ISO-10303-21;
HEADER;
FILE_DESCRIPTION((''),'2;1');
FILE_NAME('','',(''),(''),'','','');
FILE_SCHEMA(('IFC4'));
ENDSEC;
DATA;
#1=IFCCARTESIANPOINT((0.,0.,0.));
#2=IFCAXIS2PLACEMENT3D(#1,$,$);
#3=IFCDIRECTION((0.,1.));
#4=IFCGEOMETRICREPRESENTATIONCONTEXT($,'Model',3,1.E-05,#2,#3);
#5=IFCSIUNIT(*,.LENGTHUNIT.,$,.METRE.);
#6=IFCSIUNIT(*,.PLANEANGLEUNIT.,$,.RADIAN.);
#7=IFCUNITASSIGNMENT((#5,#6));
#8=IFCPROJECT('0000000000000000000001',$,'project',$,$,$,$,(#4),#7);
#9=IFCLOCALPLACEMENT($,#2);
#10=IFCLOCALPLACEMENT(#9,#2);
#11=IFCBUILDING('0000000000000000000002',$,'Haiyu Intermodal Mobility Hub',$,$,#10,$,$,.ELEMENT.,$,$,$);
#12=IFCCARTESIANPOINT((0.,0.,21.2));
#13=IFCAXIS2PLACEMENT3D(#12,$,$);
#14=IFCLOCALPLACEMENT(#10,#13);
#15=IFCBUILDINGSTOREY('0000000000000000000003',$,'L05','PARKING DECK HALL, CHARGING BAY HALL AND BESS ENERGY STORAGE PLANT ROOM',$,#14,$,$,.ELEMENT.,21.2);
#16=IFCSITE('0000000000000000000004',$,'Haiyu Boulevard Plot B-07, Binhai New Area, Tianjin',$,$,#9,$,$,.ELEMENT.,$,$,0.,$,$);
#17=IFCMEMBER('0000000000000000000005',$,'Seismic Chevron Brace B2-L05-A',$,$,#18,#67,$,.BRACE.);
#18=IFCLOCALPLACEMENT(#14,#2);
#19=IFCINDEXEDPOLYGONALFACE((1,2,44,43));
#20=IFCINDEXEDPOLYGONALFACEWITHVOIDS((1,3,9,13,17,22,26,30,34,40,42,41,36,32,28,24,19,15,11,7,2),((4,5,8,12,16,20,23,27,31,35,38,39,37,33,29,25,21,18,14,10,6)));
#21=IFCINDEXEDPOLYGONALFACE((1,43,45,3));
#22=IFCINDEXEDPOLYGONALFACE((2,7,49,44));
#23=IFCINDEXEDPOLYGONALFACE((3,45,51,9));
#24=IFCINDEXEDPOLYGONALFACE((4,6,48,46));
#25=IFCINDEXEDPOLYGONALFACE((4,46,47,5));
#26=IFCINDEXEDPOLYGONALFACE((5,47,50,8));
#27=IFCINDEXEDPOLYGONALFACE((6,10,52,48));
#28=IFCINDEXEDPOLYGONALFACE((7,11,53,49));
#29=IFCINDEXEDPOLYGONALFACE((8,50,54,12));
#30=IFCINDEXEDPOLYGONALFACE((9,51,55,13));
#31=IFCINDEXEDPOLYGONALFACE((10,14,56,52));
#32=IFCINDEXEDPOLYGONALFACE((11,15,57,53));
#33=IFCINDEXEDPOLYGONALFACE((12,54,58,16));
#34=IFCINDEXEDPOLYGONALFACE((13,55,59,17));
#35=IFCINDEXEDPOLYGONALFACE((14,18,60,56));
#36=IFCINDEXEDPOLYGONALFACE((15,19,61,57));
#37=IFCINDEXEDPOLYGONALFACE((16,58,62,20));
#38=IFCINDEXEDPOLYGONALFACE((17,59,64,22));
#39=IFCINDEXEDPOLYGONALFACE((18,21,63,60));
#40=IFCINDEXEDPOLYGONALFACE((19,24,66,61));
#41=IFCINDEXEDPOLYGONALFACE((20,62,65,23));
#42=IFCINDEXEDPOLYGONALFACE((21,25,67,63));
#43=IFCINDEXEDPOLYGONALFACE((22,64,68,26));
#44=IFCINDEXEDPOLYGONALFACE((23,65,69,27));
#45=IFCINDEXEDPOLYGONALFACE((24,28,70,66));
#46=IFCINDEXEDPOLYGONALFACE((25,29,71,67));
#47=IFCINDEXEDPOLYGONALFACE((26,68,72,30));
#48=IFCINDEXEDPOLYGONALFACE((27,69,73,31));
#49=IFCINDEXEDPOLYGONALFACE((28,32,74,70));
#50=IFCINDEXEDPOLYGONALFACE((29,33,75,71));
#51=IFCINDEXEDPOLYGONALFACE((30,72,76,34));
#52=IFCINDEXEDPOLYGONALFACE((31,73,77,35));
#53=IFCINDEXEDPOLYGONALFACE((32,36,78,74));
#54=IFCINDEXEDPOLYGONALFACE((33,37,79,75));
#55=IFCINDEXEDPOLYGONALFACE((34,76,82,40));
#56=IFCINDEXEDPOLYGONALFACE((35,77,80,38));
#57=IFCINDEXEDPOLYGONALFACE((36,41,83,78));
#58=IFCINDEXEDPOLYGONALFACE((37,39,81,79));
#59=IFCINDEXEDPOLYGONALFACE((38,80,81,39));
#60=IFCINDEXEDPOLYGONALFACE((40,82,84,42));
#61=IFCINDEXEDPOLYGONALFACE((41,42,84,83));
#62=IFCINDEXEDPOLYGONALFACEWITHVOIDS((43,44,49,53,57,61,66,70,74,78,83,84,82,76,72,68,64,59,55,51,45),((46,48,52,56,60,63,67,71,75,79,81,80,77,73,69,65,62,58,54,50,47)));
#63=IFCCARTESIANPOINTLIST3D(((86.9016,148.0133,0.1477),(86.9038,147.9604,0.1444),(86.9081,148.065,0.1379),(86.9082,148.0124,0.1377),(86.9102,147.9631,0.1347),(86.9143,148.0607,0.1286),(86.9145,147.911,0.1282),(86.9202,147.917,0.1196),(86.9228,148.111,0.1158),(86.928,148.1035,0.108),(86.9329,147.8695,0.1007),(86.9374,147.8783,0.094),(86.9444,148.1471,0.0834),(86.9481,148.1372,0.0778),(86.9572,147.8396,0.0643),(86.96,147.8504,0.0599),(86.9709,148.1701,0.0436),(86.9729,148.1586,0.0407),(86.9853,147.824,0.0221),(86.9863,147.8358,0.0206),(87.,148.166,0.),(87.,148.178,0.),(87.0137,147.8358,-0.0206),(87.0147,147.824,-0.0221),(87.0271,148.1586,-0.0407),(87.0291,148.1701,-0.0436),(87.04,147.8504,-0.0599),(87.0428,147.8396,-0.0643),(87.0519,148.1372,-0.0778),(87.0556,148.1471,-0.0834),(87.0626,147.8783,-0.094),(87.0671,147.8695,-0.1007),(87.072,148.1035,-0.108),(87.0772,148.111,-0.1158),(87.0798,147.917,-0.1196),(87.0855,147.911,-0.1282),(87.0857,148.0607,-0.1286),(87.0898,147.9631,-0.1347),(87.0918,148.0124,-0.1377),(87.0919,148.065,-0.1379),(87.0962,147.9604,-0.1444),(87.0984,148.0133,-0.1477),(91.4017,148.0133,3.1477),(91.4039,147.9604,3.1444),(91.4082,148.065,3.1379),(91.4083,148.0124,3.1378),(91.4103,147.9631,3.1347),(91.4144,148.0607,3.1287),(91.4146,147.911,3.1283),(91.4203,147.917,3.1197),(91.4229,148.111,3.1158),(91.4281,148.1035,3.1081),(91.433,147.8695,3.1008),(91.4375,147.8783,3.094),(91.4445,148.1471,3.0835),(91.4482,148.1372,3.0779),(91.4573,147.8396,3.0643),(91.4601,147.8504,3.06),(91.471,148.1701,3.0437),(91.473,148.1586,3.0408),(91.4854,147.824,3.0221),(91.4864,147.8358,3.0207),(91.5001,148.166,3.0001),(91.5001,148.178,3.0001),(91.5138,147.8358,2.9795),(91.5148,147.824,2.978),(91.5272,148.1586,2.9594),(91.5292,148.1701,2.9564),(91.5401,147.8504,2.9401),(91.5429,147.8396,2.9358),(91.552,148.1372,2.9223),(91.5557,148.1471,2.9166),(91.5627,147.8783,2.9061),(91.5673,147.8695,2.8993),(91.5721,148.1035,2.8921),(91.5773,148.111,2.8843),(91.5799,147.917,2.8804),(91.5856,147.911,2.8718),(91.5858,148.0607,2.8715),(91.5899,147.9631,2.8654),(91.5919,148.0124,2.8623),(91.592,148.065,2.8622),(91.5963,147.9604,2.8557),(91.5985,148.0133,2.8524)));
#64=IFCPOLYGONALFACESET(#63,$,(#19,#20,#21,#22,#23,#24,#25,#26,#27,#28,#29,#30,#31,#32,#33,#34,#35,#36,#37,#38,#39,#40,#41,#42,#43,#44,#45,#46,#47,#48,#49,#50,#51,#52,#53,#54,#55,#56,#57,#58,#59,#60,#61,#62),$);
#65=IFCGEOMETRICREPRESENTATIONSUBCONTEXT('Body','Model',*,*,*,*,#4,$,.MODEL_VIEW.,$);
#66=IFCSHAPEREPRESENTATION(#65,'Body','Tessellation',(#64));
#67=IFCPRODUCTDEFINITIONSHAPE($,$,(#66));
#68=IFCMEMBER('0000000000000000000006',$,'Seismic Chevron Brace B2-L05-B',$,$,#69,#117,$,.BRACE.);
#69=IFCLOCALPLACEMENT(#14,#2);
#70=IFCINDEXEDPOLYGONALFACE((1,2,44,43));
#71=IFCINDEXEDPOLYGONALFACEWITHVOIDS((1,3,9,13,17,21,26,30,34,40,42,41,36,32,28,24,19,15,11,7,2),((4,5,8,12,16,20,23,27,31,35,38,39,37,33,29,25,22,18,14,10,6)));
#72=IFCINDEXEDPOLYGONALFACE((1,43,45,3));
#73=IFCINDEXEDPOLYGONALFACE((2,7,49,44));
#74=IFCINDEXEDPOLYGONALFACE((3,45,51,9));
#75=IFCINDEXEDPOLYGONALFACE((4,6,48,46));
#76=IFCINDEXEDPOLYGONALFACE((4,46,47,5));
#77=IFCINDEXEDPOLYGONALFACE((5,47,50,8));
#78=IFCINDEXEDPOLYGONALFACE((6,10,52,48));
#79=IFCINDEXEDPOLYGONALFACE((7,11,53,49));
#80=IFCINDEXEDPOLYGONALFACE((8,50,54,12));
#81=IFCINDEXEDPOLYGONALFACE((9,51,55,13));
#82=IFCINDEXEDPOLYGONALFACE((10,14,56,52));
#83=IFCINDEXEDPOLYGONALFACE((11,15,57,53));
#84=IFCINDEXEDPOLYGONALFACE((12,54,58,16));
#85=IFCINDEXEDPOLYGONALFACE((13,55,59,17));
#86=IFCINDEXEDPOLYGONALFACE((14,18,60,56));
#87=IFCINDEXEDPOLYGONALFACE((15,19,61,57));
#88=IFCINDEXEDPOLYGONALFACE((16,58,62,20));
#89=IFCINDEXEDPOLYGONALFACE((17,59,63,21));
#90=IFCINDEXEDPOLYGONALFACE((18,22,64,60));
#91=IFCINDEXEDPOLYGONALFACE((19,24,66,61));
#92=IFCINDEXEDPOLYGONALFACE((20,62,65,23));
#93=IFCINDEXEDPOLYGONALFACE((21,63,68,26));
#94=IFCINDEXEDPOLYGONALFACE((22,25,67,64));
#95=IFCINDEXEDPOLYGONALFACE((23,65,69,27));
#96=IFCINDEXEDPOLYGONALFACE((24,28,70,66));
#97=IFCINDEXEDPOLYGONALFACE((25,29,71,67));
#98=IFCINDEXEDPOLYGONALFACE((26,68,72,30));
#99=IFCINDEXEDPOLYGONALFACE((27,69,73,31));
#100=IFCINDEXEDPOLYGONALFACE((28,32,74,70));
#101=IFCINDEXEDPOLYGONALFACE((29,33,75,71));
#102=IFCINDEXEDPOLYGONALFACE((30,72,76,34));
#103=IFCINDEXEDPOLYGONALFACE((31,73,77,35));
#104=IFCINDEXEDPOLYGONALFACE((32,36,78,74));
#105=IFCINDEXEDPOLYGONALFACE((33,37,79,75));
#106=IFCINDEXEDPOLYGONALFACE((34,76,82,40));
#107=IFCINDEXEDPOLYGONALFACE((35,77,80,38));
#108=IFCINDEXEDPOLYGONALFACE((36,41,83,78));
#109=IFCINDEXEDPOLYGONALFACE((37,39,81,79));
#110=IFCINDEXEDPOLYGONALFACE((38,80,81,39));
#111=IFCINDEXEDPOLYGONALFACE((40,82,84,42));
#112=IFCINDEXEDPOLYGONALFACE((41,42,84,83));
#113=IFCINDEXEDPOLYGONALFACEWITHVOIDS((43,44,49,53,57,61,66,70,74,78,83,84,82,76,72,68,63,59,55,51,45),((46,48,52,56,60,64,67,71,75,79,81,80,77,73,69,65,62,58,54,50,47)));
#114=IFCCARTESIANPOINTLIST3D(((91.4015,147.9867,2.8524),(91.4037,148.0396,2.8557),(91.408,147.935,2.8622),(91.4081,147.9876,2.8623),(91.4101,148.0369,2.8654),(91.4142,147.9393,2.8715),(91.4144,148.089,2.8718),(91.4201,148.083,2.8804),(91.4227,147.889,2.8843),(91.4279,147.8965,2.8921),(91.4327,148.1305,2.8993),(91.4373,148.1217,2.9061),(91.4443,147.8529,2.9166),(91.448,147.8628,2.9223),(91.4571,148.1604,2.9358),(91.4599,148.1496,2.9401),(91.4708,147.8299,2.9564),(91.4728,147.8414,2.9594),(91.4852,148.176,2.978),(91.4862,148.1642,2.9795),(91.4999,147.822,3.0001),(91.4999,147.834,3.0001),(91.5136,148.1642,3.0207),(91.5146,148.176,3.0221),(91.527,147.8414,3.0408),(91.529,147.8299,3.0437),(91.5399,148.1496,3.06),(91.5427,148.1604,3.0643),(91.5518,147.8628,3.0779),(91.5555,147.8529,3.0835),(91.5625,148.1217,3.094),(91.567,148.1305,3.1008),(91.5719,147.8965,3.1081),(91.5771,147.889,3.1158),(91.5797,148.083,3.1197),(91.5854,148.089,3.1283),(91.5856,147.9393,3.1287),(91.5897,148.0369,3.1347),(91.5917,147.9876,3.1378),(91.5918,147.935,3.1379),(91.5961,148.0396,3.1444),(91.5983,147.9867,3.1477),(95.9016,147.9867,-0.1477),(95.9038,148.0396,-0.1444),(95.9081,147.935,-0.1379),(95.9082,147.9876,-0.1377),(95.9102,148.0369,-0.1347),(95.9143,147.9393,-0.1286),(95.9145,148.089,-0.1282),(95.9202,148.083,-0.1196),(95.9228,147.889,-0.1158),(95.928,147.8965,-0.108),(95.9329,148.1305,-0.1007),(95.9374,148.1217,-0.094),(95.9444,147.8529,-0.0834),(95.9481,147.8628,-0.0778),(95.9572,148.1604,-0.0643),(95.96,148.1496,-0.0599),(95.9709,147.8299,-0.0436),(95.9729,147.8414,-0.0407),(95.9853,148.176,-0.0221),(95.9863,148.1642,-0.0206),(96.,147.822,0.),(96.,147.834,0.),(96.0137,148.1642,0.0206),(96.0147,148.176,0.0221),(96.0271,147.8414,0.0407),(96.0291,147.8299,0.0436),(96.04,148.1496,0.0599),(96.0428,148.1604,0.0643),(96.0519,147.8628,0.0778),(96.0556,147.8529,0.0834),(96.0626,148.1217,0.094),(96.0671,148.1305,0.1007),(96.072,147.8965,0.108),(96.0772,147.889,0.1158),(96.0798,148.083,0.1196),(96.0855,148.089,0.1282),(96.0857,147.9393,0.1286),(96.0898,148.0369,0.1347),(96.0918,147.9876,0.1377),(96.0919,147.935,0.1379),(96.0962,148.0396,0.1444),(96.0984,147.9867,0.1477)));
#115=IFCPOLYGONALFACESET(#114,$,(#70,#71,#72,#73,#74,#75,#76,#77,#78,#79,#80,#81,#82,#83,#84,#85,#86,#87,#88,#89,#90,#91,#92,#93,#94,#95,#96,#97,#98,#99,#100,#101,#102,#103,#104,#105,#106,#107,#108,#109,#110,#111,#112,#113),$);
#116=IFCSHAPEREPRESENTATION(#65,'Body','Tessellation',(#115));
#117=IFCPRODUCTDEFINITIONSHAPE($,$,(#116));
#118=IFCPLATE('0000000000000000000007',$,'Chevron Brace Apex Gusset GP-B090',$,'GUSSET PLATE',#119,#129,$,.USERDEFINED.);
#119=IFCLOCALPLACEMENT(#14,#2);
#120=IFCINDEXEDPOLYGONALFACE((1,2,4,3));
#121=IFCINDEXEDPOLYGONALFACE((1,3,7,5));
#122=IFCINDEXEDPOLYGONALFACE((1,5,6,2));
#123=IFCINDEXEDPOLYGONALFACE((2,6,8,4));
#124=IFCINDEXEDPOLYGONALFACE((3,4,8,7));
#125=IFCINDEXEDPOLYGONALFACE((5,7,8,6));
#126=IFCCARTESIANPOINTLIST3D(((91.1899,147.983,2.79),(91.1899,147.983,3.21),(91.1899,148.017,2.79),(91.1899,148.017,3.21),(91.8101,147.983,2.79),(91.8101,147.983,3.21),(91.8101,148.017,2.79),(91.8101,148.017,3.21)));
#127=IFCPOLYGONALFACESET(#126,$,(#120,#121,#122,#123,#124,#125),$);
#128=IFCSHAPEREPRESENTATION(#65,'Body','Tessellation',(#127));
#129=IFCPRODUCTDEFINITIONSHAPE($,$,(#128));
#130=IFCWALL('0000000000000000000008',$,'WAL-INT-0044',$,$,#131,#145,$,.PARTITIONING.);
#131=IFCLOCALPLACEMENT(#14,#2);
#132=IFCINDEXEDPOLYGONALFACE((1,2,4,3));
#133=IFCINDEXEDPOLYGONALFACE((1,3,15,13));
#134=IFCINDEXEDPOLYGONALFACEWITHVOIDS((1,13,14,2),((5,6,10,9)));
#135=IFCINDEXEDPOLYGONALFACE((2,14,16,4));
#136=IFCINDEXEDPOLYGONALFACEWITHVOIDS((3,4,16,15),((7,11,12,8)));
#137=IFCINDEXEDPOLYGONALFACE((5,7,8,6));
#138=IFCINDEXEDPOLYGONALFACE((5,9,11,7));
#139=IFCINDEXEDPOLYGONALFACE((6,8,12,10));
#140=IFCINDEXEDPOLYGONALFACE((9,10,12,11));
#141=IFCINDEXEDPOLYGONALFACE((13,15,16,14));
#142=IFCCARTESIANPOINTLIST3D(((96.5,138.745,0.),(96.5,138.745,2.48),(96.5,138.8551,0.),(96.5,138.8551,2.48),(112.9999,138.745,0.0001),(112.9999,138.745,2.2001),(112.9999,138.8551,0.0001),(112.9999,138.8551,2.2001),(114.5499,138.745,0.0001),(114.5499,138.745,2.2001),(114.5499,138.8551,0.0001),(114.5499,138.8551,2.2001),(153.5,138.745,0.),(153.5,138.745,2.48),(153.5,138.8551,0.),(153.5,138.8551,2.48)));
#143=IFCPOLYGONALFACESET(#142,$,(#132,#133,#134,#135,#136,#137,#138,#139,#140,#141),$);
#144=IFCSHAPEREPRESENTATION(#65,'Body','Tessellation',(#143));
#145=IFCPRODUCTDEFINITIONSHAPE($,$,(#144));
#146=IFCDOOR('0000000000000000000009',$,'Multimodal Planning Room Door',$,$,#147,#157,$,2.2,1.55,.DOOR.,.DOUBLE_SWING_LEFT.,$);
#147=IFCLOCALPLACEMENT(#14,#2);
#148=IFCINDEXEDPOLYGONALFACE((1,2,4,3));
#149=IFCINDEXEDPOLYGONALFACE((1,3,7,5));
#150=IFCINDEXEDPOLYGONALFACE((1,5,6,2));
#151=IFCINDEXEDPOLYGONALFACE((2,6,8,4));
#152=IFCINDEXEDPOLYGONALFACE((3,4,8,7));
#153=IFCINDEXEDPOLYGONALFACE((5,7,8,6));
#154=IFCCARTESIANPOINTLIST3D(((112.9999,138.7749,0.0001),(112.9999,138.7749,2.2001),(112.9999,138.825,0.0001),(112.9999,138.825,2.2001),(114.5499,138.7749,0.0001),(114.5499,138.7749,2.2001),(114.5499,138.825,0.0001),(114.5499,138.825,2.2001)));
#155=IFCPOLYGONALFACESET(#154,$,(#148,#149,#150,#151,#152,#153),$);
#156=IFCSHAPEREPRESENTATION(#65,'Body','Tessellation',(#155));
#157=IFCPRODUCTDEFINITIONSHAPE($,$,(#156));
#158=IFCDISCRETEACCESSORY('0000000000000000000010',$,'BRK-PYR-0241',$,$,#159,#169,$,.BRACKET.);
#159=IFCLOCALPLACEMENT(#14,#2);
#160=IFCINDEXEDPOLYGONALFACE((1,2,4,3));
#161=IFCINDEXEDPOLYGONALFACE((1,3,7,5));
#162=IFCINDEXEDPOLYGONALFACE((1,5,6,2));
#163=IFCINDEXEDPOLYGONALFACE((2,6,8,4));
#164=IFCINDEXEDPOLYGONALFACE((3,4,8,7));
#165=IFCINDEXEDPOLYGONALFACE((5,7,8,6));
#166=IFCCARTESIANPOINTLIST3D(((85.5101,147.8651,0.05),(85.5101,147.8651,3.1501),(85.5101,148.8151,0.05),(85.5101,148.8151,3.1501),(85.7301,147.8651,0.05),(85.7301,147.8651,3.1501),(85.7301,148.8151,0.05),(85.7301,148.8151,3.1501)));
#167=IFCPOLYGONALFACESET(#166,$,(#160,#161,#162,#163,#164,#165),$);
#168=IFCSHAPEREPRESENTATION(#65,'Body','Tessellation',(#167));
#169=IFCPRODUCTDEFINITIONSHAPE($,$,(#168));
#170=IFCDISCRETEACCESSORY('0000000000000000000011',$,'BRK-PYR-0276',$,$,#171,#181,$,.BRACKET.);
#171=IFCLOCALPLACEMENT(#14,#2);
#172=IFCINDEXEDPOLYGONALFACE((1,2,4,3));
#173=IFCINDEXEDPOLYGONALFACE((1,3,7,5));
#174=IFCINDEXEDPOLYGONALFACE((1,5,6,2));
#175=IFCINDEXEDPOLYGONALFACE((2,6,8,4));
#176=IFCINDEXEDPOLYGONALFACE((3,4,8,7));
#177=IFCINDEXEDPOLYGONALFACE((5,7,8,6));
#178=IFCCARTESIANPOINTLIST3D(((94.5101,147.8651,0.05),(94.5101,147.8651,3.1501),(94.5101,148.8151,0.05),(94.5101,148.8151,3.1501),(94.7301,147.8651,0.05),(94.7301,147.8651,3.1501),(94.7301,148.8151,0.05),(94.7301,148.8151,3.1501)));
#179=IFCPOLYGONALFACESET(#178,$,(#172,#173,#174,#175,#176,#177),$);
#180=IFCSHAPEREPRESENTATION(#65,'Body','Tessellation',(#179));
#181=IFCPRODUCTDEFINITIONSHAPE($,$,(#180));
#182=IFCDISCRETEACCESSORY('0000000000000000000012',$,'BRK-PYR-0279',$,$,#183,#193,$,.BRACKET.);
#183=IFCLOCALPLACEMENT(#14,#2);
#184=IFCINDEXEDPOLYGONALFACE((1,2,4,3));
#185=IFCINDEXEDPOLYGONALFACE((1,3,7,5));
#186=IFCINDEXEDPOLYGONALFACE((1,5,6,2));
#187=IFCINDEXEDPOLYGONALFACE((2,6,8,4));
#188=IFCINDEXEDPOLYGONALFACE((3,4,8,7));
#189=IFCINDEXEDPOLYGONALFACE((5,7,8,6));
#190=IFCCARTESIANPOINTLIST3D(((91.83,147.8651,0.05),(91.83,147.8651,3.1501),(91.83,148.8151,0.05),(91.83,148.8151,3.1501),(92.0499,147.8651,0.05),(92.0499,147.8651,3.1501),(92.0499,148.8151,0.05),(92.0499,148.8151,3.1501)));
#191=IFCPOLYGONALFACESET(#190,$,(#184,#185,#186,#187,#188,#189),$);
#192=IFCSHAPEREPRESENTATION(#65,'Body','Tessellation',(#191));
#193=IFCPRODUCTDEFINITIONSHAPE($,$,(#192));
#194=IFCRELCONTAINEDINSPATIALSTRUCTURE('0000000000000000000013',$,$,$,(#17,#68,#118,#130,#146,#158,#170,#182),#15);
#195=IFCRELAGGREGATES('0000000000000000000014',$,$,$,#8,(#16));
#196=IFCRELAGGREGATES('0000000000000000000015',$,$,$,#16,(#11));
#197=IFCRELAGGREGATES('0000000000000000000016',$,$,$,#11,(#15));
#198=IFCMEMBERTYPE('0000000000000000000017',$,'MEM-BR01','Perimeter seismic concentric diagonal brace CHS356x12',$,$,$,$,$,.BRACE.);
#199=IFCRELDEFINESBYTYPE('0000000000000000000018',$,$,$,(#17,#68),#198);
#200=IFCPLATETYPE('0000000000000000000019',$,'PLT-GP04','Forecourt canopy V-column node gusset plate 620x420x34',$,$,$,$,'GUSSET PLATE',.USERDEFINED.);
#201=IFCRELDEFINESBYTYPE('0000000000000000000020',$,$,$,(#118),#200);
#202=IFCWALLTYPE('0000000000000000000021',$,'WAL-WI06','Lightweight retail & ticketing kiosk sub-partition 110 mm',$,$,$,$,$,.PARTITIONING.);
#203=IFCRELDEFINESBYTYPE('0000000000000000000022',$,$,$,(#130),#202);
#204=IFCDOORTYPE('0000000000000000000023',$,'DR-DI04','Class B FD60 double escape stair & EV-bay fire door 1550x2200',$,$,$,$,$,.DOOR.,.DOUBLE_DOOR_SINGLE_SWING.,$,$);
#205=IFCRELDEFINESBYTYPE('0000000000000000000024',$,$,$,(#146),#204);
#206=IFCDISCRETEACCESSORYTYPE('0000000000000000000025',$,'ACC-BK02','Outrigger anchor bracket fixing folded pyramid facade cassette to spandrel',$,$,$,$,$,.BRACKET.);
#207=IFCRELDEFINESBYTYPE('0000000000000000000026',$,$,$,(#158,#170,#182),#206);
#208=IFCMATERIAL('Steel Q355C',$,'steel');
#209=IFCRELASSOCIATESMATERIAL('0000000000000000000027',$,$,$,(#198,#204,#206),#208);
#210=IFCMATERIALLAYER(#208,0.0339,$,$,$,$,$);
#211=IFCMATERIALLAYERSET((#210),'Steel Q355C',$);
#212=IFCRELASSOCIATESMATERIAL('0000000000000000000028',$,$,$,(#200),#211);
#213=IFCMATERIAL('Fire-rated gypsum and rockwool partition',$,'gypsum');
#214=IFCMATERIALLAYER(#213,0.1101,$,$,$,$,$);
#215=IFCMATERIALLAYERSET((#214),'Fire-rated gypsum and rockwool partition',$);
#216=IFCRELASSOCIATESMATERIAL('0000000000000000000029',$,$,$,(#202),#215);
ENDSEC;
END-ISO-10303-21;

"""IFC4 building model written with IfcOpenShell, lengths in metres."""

from ifc_helpers import new_model, si_unit, direction, frame, frame_2d, origin, origin_2d, place, context, subcontext, project, spatial, rectangle, hollow_circle, extrude, material, layer, layer_set, material_profile, profile_set, type_object, element, fill, save


model = new_model("IFC4")

# Units and contexts
model_context = context("Model", 3, precision=1e-05, world=origin(), true_north=direction((0.0, 1.0)))
body_context = subcontext(model_context, "Body", "Model", "MODEL_VIEW")
ifc_project = project(units=[si_unit("LENGTHUNIT", "METRE"), si_unit("PLANEANGLEUNIT", "RADIAN")], contexts=[model_context])

# Site, building, storey
site_placement = place(None, origin())
site = spatial("IfcSite", under=ifc_project, at=site_placement, Name="Haiyu Boulevard Plot B-07, Binhai New Area, Tianjin", CompositionType="ELEMENT", RefElevation=0.0)
building_placement = place(site_placement, origin())
building = spatial("IfcBuilding", under=site, at=building_placement, Name="Haiyu Intermodal Mobility Hub", CompositionType="ELEMENT")
storey_placement = place(building_placement, frame((0.0, 0.0, 21.2)))
storey = spatial("IfcBuildingStorey", under=building, at=storey_placement, Name="L05", Description="PARKING DECK HALL, CHARGING BAY HALL AND BESS ENERGY STORAGE PLANT ROOM", CompositionType="ELEMENT", Elevation=21.2)

# Members
ifc_material_1 = material(Name="Steel Q355C", Category="steel")
ifc_material_profile_1 = material_profile(ifc_material_1, hollow_circle(Radius=0.178, WallThickness=0.012, at=origin_2d()), Name="CHS356x12")
ifc_profile_set_1 = profile_set([ifc_material_profile_1], Name="Steel Q355C")
member_type = type_object("IfcMemberType", Name="MEM-BR01", Description="Perimeter seismic concentric diagonal brace CHS356x12", PredefinedType="BRACE", material=ifc_profile_set_1)
for number, where, z_axis, x_axis, name in (
    (1, (87.0, 148.0, 0.0), (0.83205, 0.0, 0.5547), (0.0, 1.0, 0.0), "Seismic Chevron Brace B2-L05-A"),
    (2, (96.0, 148.0, 0.0), (-0.83205, 0.0, 0.5547), (0.0, -1.0, 0.0), "Seismic Chevron Brace B2-L05-B"),
):
    element("IfcMember", number, at=place(storey_placement, frame(where, z_axis=z_axis, x_axis=x_axis)), inside=storey, type_object=member_type, Name=name, PredefinedType="BRACE", context=body_context, shape_type="SweptSolid", body=[
        extrude(hollow_circle(Radius=0.178, WallThickness=0.012, at=origin_2d()), origin(), (0.0, 0.0, 1.0), 5.4084),
    ])

# Plate
ifc_layer_1 = layer(ifc_material_1, 0.0339)
ifc_layer_set_1 = layer_set([ifc_layer_1], Name="Steel Q355C")
plate_type = type_object("IfcPlateType", Name="PLT-GP04", Description="Forecourt canopy V-column node gusset plate 620x420x34", ElementType="GUSSET PLATE", PredefinedType="USERDEFINED", material=ifc_layer_set_1)
plate_placement = place(storey_placement, frame((91.5, 148.0, 2.79), z_axis=(0.0, 0.0, 1.0), x_axis=(1.0, 0.0, 0.0)))
element("IfcPlate", 3, at=plate_placement, inside=storey, type_object=plate_type, Name="Chevron Brace Apex Gusset GP-B090", ObjectType="GUSSET PLATE", PredefinedType="USERDEFINED", context=body_context, shape_type="SweptSolid", body=[
    extrude(rectangle(XDim=0.6201, YDim=0.0339, at=origin_2d()), origin(), (0.0, 0.0, 1.0), 0.4199),
])

# Wall, opening, door
ifc_material_2 = material(Name="Fire-rated gypsum and rockwool partition", Category="gypsum")
ifc_layer_2 = layer(ifc_material_2, 0.1101)
ifc_layer_set_2 = layer_set([ifc_layer_2], Name="Fire-rated gypsum and rockwool partition")
wall_type = type_object("IfcWallType", Name="WAL-WI06", Description="Lightweight retail & ticketing kiosk sub-partition 110 mm", PredefinedType="PARTITIONING", material=ifc_layer_set_2)
wall_placement = place(storey_placement, frame((96.5, 138.8, 0.0), z_axis=(0.0, 0.0, 1.0), x_axis=(1.0, 0.0, 0.0)))
wall = element("IfcWall", 4, at=wall_placement, inside=storey, type_object=wall_type, Name="WAL-INT-0044", PredefinedType="PARTITIONING", context=body_context, shape_type="SweptSolid", body=[
    extrude(rectangle(XDim=57.0, YDim=0.1101, at=frame_2d((28.5, 0.0))), origin(), (0.0, 0.0, 1.0), 2.48),
])
opening_placement = place(wall_placement, frame((16.5, 0.0, 0.0)))
opening = element("IfcOpeningElement", 5, at=opening_placement, cuts=wall, PredefinedType="OPENING", context=body_context, shape_type="SweptSolid", body=[
    extrude(rectangle(XDim=1.55, YDim=2.2, at=frame_2d((0.7749, 1.1001))), frame((0.0, 0.0649, 0.0), z_axis=(0.0, -1.0, 0.0), x_axis=(1.0, 0.0, 0.0)), (0.0, 0.0, 1.0), 0.1301),
])
door_type = type_object("IfcDoorType", Name="DR-DI04", Description="Class B FD60 double escape stair & EV-bay fire door 1550x2200", OperationType="DOUBLE_DOOR_SINGLE_SWING", PredefinedType="DOOR", material=ifc_material_1)
door_placement = place(opening_placement, origin())
door = element("IfcDoor", 6, at=door_placement, inside=storey, type_object=door_type, Name="Multimodal Planning Room Door", OperationType="DOUBLE_SWING_LEFT", OverallHeight=2.2, OverallWidth=1.55, PredefinedType="DOOR", context=body_context, shape_type="SweptSolid", body=[
    extrude(rectangle(XDim=1.55, YDim=2.2, at=frame_2d((0.7749, 1.1001))), frame((0.0, 0.0249, 0.0), z_axis=(0.0, -1.0, 0.0), x_axis=(1.0, 0.0, 0.0)), (0.0, 0.0, 1.0), 0.05),
])
fill(opening, door)

# Discrete accessories
discrete_accessory_type = type_object("IfcDiscreteAccessoryType", Name="ACC-BK02", Description="Outrigger anchor bracket fixing folded pyramid facade cassette to spandrel", PredefinedType="BRACKET", material=ifc_material_1)
for number, where, z_axis, x_axis, name in (
    (7, (85.6201, 148.3401, 0.05), (0.0, 0.0, 1.0), (1.0, 0.0, 0.0), "BRK-PYR-0241"),
    (8, (94.6201, 148.3401, 0.05), (0.0, 0.0, 1.0), (1.0, 0.0, 0.0), "BRK-PYR-0276"),
    (9, (91.9399, 148.3401, 0.05), (0.0, 0.0, 1.0), (1.0, 0.0, 0.0), "BRK-PYR-0279"),
):
    element("IfcDiscreteAccessory", number, at=place(storey_placement, frame(where, z_axis=z_axis, x_axis=x_axis)), inside=storey, type_object=discrete_accessory_type, Name=name, PredefinedType="BRACKET", context=body_context, shape_type="SweptSolid", body=[
        extrude(rectangle(XDim=0.22, YDim=0.95, at=origin_2d()), origin(), (0.0, 0.0, 1.0), 3.1001),
    ])

save(model, "model.ifc")
